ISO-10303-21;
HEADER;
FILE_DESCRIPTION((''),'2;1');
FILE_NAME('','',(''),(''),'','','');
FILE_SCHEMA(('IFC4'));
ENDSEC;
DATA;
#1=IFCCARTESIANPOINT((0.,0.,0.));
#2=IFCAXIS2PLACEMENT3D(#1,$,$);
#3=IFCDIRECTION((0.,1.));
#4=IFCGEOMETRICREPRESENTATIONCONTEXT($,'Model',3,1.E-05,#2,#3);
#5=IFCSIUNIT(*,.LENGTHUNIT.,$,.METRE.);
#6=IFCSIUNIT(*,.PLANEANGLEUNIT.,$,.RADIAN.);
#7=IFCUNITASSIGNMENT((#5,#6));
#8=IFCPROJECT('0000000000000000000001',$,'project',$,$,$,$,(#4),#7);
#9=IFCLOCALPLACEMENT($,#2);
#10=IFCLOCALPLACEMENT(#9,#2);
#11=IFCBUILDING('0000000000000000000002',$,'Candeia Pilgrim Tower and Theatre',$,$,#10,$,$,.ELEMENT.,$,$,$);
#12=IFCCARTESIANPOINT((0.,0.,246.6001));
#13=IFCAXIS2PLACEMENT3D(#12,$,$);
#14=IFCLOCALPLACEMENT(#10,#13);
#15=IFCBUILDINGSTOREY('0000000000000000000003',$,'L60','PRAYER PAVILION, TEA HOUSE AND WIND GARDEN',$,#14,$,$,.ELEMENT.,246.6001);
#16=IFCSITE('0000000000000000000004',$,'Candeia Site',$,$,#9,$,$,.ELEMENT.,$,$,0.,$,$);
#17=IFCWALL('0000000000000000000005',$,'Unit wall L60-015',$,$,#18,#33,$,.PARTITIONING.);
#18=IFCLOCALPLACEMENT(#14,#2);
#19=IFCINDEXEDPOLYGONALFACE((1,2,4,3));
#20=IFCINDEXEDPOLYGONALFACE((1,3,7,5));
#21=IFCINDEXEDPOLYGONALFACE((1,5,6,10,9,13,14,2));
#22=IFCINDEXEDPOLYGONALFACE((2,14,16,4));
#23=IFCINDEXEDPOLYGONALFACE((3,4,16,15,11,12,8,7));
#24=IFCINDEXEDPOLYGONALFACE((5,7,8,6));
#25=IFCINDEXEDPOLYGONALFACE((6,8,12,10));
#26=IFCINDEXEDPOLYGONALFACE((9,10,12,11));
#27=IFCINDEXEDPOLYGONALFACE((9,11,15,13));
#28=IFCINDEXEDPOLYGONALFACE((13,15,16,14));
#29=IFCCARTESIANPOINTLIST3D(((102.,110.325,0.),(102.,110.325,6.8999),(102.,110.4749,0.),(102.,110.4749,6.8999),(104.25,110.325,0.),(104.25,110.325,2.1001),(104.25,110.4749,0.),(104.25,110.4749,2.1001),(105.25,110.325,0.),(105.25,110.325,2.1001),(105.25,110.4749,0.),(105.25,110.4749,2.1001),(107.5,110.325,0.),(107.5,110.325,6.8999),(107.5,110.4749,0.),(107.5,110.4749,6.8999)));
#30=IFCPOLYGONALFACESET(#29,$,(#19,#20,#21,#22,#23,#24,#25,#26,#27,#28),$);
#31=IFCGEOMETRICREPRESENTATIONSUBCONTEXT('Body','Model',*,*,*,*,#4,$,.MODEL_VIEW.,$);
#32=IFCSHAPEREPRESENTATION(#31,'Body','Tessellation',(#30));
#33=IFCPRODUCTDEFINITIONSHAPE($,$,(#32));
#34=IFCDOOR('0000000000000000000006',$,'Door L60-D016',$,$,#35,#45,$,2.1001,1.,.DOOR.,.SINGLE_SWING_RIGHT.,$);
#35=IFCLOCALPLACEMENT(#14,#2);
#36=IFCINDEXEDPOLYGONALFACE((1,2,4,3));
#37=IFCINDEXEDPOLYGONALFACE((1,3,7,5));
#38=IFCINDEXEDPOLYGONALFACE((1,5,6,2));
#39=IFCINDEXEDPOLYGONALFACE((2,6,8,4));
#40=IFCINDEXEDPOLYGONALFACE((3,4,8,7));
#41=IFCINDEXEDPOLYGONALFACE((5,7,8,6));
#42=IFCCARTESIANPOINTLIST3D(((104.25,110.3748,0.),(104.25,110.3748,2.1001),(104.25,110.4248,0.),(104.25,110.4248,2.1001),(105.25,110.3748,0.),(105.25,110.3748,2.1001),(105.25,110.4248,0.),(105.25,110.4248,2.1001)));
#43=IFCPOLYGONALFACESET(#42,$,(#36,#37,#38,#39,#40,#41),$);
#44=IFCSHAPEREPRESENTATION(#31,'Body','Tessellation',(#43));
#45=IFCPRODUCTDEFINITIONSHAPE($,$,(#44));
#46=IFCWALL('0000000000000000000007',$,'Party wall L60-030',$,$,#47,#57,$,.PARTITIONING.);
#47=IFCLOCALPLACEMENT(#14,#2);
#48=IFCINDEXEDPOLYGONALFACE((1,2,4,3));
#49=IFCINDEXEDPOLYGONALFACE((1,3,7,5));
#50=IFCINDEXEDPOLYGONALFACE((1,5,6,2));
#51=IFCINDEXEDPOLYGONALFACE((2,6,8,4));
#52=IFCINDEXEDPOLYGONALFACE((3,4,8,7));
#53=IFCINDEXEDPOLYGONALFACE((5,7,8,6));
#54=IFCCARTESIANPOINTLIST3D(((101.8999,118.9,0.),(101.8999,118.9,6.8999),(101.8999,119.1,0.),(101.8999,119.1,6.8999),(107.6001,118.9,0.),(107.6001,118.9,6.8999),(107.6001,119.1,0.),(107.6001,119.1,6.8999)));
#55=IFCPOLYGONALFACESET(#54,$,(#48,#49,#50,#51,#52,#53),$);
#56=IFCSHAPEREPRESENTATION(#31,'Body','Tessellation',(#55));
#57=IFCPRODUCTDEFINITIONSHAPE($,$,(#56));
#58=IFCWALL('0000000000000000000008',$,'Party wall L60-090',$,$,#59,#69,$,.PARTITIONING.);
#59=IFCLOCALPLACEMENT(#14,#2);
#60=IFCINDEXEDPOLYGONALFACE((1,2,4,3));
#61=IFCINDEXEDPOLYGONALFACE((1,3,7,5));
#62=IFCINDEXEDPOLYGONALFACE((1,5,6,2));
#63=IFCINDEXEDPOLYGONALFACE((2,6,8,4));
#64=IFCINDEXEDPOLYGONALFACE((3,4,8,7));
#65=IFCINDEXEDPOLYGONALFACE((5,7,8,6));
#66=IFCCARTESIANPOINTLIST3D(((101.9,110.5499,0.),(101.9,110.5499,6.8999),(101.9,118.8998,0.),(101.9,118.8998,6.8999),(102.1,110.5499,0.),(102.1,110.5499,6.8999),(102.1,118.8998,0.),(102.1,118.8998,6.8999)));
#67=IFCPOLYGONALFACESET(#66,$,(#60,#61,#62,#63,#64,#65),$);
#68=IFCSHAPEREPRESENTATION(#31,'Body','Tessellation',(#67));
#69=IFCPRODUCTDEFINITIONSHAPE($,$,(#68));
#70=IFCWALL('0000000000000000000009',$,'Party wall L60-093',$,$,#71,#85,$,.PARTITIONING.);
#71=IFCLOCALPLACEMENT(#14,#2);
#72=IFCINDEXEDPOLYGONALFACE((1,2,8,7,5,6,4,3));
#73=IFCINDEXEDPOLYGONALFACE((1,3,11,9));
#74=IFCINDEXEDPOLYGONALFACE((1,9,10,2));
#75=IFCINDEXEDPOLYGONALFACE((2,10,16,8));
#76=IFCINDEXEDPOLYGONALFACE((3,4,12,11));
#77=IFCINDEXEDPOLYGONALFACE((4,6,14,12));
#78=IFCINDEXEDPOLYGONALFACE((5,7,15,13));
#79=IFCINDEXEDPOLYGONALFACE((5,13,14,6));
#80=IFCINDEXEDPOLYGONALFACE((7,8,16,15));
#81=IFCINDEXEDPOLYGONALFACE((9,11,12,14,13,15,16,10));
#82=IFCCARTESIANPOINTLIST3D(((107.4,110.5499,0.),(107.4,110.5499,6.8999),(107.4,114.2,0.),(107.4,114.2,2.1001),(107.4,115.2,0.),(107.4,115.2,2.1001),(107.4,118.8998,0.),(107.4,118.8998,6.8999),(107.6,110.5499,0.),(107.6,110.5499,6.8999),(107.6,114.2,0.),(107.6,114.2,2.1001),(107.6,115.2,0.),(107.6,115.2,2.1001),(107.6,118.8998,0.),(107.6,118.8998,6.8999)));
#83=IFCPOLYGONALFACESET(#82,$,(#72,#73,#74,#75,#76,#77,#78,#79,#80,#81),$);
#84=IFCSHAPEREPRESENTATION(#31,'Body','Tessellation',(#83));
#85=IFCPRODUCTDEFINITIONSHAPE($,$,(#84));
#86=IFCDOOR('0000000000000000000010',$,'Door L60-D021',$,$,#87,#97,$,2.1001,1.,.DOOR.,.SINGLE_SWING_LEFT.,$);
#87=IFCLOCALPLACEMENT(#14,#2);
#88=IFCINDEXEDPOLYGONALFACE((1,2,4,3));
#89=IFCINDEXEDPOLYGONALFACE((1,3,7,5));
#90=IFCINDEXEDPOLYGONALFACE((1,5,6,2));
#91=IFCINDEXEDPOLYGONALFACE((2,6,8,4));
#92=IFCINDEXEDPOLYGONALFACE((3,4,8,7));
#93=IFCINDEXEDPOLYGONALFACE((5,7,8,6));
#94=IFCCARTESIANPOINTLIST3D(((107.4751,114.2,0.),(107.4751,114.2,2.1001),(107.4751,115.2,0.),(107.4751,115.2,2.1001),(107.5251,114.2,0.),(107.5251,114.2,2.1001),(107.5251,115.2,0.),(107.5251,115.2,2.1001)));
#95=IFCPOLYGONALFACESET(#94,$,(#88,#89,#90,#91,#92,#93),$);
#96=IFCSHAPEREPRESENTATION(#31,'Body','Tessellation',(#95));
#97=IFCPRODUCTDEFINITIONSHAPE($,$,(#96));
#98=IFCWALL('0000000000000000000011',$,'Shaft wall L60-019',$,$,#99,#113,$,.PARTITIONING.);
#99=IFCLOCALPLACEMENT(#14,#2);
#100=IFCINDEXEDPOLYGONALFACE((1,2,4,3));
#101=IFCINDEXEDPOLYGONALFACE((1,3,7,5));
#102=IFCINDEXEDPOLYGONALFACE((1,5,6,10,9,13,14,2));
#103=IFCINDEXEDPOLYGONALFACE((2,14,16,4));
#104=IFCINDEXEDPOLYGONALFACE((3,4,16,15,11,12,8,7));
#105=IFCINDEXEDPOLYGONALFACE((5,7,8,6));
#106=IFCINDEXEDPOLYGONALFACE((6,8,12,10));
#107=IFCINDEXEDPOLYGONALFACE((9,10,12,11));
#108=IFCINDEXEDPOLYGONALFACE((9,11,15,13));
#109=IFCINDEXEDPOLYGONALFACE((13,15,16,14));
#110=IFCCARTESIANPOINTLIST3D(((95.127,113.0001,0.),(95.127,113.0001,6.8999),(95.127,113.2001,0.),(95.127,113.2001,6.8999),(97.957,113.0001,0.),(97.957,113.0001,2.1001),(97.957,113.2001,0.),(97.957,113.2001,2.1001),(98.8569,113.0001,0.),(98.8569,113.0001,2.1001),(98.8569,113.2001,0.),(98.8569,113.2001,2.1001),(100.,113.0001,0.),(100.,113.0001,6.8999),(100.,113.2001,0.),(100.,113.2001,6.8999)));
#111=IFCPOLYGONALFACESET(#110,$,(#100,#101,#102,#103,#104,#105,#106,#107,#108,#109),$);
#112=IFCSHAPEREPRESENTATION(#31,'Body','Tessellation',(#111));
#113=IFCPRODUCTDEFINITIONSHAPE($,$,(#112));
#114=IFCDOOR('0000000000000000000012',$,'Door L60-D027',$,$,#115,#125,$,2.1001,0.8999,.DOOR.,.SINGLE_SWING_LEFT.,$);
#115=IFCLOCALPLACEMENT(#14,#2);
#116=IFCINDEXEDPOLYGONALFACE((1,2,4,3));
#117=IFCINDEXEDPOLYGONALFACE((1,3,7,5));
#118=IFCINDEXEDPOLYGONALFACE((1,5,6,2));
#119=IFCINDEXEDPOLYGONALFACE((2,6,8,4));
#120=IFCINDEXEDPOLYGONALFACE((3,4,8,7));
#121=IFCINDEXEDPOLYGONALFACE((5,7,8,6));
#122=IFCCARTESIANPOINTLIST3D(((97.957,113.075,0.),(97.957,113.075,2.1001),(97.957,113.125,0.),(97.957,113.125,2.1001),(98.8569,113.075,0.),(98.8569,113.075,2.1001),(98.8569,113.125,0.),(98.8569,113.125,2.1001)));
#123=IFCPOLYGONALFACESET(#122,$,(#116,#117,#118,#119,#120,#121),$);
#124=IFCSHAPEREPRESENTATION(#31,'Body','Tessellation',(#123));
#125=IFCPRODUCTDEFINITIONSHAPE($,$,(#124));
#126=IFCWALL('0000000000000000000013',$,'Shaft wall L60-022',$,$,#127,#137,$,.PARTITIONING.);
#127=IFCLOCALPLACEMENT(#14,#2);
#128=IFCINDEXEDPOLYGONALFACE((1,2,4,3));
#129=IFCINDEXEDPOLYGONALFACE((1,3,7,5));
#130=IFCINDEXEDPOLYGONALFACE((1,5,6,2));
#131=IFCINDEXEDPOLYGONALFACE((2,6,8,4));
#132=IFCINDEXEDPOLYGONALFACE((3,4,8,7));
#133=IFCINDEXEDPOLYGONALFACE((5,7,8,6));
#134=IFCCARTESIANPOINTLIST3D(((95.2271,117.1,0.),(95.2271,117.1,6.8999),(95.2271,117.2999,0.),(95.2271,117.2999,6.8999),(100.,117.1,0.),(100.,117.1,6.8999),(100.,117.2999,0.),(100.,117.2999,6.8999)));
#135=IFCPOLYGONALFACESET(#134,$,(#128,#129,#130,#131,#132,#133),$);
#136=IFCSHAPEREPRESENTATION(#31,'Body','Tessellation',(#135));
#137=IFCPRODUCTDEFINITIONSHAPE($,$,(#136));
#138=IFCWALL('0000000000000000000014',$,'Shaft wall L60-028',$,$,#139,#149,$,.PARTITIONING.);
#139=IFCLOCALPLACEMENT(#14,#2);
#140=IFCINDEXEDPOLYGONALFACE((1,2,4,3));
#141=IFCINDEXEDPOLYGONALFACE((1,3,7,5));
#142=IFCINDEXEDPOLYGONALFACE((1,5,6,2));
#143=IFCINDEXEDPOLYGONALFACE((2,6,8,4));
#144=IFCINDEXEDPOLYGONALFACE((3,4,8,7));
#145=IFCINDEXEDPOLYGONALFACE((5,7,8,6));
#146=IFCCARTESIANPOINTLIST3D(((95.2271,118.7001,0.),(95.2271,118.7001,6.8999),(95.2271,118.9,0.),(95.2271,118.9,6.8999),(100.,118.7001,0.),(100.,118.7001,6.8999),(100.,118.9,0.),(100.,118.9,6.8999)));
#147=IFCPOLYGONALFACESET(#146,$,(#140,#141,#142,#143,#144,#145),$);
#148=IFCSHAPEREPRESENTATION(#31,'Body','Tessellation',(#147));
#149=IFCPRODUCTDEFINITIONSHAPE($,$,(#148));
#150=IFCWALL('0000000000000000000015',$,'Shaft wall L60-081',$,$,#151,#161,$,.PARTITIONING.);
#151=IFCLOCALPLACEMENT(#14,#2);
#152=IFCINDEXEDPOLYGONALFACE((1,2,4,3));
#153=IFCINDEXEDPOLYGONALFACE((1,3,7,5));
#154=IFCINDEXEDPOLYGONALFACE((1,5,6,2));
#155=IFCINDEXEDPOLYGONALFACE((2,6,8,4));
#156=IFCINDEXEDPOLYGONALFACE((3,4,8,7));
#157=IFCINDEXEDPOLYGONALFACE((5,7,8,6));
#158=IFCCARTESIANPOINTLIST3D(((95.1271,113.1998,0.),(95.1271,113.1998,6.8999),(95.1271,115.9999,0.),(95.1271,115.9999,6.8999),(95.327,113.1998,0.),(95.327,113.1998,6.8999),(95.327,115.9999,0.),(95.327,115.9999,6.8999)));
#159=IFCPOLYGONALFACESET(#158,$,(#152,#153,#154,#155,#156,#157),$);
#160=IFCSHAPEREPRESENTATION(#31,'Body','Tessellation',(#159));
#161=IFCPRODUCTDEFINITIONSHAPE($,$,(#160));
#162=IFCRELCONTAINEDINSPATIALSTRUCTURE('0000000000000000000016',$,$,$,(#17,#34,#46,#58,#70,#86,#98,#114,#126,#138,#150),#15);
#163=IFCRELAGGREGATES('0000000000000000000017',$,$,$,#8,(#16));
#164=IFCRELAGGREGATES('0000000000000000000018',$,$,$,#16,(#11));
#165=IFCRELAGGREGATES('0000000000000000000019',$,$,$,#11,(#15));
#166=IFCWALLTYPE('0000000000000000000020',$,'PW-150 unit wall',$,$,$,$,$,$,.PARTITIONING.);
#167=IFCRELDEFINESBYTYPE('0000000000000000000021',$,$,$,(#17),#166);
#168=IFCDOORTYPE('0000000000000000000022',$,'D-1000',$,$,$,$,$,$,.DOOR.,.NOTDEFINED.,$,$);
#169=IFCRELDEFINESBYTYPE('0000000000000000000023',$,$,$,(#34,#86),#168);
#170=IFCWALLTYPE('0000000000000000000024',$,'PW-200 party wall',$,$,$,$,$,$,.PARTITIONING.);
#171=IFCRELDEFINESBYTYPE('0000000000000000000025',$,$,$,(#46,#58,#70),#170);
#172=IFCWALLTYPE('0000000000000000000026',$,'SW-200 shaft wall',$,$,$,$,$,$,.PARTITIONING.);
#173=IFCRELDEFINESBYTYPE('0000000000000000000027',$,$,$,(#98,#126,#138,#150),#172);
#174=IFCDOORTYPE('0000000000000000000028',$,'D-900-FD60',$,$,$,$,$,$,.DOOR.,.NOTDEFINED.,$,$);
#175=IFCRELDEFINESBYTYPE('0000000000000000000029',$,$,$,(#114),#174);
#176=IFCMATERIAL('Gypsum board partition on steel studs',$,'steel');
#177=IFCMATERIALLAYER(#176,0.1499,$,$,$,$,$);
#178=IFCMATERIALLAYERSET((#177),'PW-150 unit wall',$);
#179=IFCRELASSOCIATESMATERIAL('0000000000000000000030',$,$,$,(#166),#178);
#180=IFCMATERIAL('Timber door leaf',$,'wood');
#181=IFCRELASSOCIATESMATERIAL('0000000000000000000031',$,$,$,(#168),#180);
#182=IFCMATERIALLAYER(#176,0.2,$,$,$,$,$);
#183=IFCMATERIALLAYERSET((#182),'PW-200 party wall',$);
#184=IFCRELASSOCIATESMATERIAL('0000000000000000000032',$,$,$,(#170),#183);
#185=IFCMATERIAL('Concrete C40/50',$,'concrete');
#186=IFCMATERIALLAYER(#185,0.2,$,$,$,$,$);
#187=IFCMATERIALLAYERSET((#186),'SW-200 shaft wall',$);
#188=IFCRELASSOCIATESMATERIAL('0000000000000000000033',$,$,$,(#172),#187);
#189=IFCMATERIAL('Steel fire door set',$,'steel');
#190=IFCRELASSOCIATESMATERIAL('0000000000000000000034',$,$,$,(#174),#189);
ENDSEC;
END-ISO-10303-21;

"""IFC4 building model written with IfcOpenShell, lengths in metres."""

from ifc_helpers import new_model, si_unit, direction, frame, frame_2d, origin, place, context, subcontext, project, spatial, rectangle, extrude, material, layer, layer_set, type_object, element, fill, save


model = new_model("IFC4")

# Units and contexts
model_context = context("Model", 3, precision=1e-05, world=origin(), true_north=direction((0.0, 1.0)))
body_context = subcontext(model_context, "Body", "Model", "MODEL_VIEW")
ifc_project = project(units=[si_unit("LENGTHUNIT", "METRE"), si_unit("PLANEANGLEUNIT", "RADIAN")], contexts=[model_context])

# Site, building, storey
site_placement = place(None, origin())
site = spatial("IfcSite", under=ifc_project, at=site_placement, Name="Candeia Site", CompositionType="ELEMENT", RefElevation=0.0)
building_placement = place(site_placement, origin())
building = spatial("IfcBuilding", under=site, at=building_placement, Name="Candeia Pilgrim Tower and Theatre", CompositionType="ELEMENT")
storey_placement = place(building_placement, frame((0.0, 0.0, 246.6001)))
storey = spatial("IfcBuildingStorey", under=building, at=storey_placement, Name="L60", Description="PRAYER PAVILION, TEA HOUSE AND WIND GARDEN", CompositionType="ELEMENT", Elevation=246.6001)

# Shared definitions
ifc_material_1 = material(Name="Steel fire door set", Category="steel")

# Shared definitions
ifc_material_2 = material(Name="Gypsum board partition on steel studs", Category="steel")
ifc_layer_1 = layer(ifc_material_2, 0.1499)
ifc_layer_set_1 = layer_set([ifc_layer_1], Name="PW-150 unit wall")
wall_type_1 = type_object("IfcWallType", Name="PW-150 unit wall", PredefinedType="PARTITIONING", material=ifc_layer_set_1)

# Wall, opening, door
ifc_material_3 = material(Name="Timber door leaf", Category="wood")
door_type_1 = type_object("IfcDoorType", Name="D-1000", OperationType="NOTDEFINED", PredefinedType="DOOR", material=ifc_material_3)
wall_1_placement = place(storey_placement, frame((102.0, 110.3999, 0.0), z_axis=(0.0, 0.0, 1.0), x_axis=(1.0, 0.0, 0.0)))
wall_1 = element("IfcWall", 1, at=wall_1_placement, inside=storey, type_object=wall_type_1, Name="Unit wall L60-015", PredefinedType="PARTITIONING", context=body_context, shape_type="SweptSolid", body=[
    extrude(rectangle(XDim=5.5, YDim=0.1499, at=frame_2d((2.75, 0.0))), origin(), (0.0, 0.0, 1.0), 6.8999),
])
opening_1_placement = place(wall_1_placement, frame((2.25, 0.0, 0.0)))
opening_1 = element("IfcOpeningElement", 2, at=opening_1_placement, cuts=wall_1, PredefinedType="OPENING", context=body_context, shape_type="SweptSolid", body=[
    extrude(rectangle(XDim=1.0, YDim=2.1001, at=frame_2d((0.5, 1.05))), frame((0.0, 0.085, 0.0), z_axis=(0.0, -1.0, 0.0), x_axis=(1.0, 0.0, 0.0)), (0.0, 0.0, 1.0), 0.1699),
])
door_1_placement = place(opening_1_placement, origin())
door_1 = element("IfcDoor", 3, at=door_1_placement, inside=storey, type_object=door_type_1, Name="Door L60-D016", OperationType="SINGLE_SWING_RIGHT", OverallHeight=2.1001, OverallWidth=1.0, PredefinedType="DOOR", context=body_context, shape_type="SweptSolid", body=[
    extrude(rectangle(XDim=1.0, YDim=2.1001, at=frame_2d((0.5, 1.05))), frame((0.0, 0.0249, 0.0), z_axis=(0.0, -1.0, 0.0), x_axis=(1.0, 0.0, 0.0)), (0.0, 0.0, 1.0), 0.05),
])
fill(opening_1, door_1)

# Walls
ifc_layer_2 = layer(ifc_material_2, 0.2)
ifc_layer_set_2 = layer_set([ifc_layer_2], Name="PW-200 party wall")
wall_type_2 = type_object("IfcWallType", Name="PW-200 party wall", PredefinedType="PARTITIONING", material=ifc_layer_set_2)
wall_2_placement = place(storey_placement, frame((101.8999, 119.0, 0.0), z_axis=(0.0, 0.0, 1.0), x_axis=(1.0, 0.0, 0.0)))
element("IfcWall", 4, at=wall_2_placement, inside=storey, type_object=wall_type_2, Name="Party wall L60-030", PredefinedType="PARTITIONING", context=body_context, shape_type="SweptSolid", body=[
    extrude(rectangle(XDim=5.7002, YDim=0.2, at=frame_2d((2.8501, 0.0))), origin(), (0.0, 0.0, 1.0), 6.8999),
])
wall_3_placement = place(storey_placement, frame((102.0, 110.55, 0.0), z_axis=(0.0, 0.0, 1.0), x_axis=(0.0, 1.0, 0.0)))
element("IfcWall", 5, at=wall_3_placement, inside=storey, type_object=wall_type_2, Name="Party wall L60-090", PredefinedType="PARTITIONING", context=body_context, shape_type="SweptSolid", body=[
    extrude(rectangle(XDim=8.3499, YDim=0.2, at=frame_2d((4.1748, 0.0))), origin(), (0.0, 0.0, 1.0), 6.8999),
])

# Walls, openings, doors
wall_4_placement = place(storey_placement, frame((107.5, 110.55, 0.0), z_axis=(0.0, 0.0, 1.0), x_axis=(0.0, 1.0, 0.0)))
wall_4 = element("IfcWall", 6, at=wall_4_placement, inside=storey, type_object=wall_type_2, Name="Party wall L60-093", PredefinedType="PARTITIONING", context=body_context, shape_type="SweptSolid", body=[
    extrude(rectangle(XDim=8.3499, YDim=0.2, at=frame_2d((4.1748, 0.0))), origin(), (0.0, 0.0, 1.0), 6.8999),
])
opening_2_placement = place(wall_4_placement, frame((3.6499, 0.0, 0.0)))
opening_2 = element("IfcOpeningElement", 7, at=opening_2_placement, cuts=wall_4, PredefinedType="OPENING", context=body_context, shape_type="SweptSolid", body=[
    extrude(rectangle(XDim=1.0, YDim=2.1001, at=frame_2d((0.5, 1.05))), frame((0.0, 0.1099, 0.0), z_axis=(0.0, -1.0, 0.0), x_axis=(1.0, 0.0, 0.0)), (0.0, 0.0, 1.0), 0.22),
])
door_2_placement = place(opening_2_placement, origin())
door_2 = element("IfcDoor", 8, at=door_2_placement, inside=storey, type_object=door_type_1, Name="Door L60-D021", OperationType="SINGLE_SWING_LEFT", OverallHeight=2.1001, OverallWidth=1.0, PredefinedType="DOOR", context=body_context, shape_type="SweptSolid", body=[
    extrude(rectangle(XDim=1.0, YDim=2.1001, at=frame_2d((0.5, 1.05))), frame((0.0, 0.0249, 0.0), z_axis=(0.0, -1.0, 0.0), x_axis=(1.0, 0.0, 0.0)), (0.0, 0.0, 1.0), 0.05),
])
fill(opening_2, door_2)
ifc_material_4 = material(Name="Concrete C40/50", Category="concrete")
ifc_layer_3 = layer(ifc_material_4, 0.2)
ifc_layer_set_3 = layer_set([ifc_layer_3], Name="SW-200 shaft wall")
wall_type_3 = type_object("IfcWallType", Name="SW-200 shaft wall", PredefinedType="PARTITIONING", material=ifc_layer_set_3)
wall_5_placement = place(storey_placement, frame((95.127, 113.1001, 0.0), z_axis=(0.0, 0.0, 1.0), x_axis=(1.0, 0.0, 0.0)))
wall_5 = element("IfcWall", 9, at=wall_5_placement, inside=storey, type_object=wall_type_3, Name="Shaft wall L60-019", PredefinedType="PARTITIONING", context=body_context, shape_type="SweptSolid", body=[
    extrude(rectangle(XDim=4.873, YDim=0.2, at=frame_2d((2.4365, 0.0))), origin(), (0.0, 0.0, 1.0), 6.8999),
])
opening_3_placement = place(wall_5_placement, frame((2.8301, 0.0, 0.0)))
opening_3 = element("IfcOpeningElement", 10, at=opening_3_placement, cuts=wall_5, PredefinedType="OPENING", context=body_context, shape_type="SweptSolid", body=[
    extrude(rectangle(XDim=0.8999, YDim=2.1001, at=frame_2d((0.45, 1.05))), frame((0.0, 0.1099, 0.0), z_axis=(0.0, -1.0, 0.0), x_axis=(1.0, 0.0, 0.0)), (0.0, 0.0, 1.0), 0.22),
])
door_type_2 = type_object("IfcDoorType", Name="D-900-FD60", OperationType="NOTDEFINED", PredefinedType="DOOR", material=ifc_material_1)
door_3_placement = place(opening_3_placement, origin())
door_3 = element("IfcDoor", 11, at=door_3_placement, inside=storey, type_object=door_type_2, Name="Door L60-D027", OperationType="SINGLE_SWING_LEFT", OverallHeight=2.1001, OverallWidth=0.8999, PredefinedType="DOOR", context=body_context, shape_type="SweptSolid", body=[
    extrude(rectangle(XDim=0.8999, YDim=2.1001, at=frame_2d((0.45, 1.05))), frame((0.0, 0.0249, 0.0), z_axis=(0.0, -1.0, 0.0), x_axis=(1.0, 0.0, 0.0)), (0.0, 0.0, 1.0), 0.05),
])
fill(opening_3, door_3)

# Walls
for number, where, z_axis, x_axis, name in (
    (12, (95.2271, 117.2, 0.0), (0.0, 0.0, 1.0), (1.0, 0.0, 0.0), "Shaft wall L60-022"),
    (13, (95.2271, 118.8, 0.0), (0.0, 0.0, 1.0), (1.0, 0.0, 0.0), "Shaft wall L60-028"),
):
    element("IfcWall", number, at=place(storey_placement, frame(where, z_axis=z_axis, x_axis=x_axis)), inside=storey, type_object=wall_type_3, Name=name, PredefinedType="PARTITIONING", context=body_context, shape_type="SweptSolid", body=[
        extrude(rectangle(XDim=4.7729, YDim=0.2, at=frame_2d((2.3865, 0.0))), origin(), (0.0, 0.0, 1.0), 6.8999),
    ])
wall_6_placement = place(storey_placement, frame((95.2271, 113.2, 0.0), z_axis=(0.0, 0.0, 1.0), x_axis=(0.0, 1.0, 0.0)))
element("IfcWall", 14, at=wall_6_placement, inside=storey, type_object=wall_type_3, Name="Shaft wall L60-081", PredefinedType="PARTITIONING", context=body_context, shape_type="SweptSolid", body=[
    extrude(rectangle(XDim=2.8, YDim=0.2, at=frame_2d((1.3999, 0.0))), origin(), (0.0, 0.0, 1.0), 6.8999),
])

save(model, "model.ifc")
